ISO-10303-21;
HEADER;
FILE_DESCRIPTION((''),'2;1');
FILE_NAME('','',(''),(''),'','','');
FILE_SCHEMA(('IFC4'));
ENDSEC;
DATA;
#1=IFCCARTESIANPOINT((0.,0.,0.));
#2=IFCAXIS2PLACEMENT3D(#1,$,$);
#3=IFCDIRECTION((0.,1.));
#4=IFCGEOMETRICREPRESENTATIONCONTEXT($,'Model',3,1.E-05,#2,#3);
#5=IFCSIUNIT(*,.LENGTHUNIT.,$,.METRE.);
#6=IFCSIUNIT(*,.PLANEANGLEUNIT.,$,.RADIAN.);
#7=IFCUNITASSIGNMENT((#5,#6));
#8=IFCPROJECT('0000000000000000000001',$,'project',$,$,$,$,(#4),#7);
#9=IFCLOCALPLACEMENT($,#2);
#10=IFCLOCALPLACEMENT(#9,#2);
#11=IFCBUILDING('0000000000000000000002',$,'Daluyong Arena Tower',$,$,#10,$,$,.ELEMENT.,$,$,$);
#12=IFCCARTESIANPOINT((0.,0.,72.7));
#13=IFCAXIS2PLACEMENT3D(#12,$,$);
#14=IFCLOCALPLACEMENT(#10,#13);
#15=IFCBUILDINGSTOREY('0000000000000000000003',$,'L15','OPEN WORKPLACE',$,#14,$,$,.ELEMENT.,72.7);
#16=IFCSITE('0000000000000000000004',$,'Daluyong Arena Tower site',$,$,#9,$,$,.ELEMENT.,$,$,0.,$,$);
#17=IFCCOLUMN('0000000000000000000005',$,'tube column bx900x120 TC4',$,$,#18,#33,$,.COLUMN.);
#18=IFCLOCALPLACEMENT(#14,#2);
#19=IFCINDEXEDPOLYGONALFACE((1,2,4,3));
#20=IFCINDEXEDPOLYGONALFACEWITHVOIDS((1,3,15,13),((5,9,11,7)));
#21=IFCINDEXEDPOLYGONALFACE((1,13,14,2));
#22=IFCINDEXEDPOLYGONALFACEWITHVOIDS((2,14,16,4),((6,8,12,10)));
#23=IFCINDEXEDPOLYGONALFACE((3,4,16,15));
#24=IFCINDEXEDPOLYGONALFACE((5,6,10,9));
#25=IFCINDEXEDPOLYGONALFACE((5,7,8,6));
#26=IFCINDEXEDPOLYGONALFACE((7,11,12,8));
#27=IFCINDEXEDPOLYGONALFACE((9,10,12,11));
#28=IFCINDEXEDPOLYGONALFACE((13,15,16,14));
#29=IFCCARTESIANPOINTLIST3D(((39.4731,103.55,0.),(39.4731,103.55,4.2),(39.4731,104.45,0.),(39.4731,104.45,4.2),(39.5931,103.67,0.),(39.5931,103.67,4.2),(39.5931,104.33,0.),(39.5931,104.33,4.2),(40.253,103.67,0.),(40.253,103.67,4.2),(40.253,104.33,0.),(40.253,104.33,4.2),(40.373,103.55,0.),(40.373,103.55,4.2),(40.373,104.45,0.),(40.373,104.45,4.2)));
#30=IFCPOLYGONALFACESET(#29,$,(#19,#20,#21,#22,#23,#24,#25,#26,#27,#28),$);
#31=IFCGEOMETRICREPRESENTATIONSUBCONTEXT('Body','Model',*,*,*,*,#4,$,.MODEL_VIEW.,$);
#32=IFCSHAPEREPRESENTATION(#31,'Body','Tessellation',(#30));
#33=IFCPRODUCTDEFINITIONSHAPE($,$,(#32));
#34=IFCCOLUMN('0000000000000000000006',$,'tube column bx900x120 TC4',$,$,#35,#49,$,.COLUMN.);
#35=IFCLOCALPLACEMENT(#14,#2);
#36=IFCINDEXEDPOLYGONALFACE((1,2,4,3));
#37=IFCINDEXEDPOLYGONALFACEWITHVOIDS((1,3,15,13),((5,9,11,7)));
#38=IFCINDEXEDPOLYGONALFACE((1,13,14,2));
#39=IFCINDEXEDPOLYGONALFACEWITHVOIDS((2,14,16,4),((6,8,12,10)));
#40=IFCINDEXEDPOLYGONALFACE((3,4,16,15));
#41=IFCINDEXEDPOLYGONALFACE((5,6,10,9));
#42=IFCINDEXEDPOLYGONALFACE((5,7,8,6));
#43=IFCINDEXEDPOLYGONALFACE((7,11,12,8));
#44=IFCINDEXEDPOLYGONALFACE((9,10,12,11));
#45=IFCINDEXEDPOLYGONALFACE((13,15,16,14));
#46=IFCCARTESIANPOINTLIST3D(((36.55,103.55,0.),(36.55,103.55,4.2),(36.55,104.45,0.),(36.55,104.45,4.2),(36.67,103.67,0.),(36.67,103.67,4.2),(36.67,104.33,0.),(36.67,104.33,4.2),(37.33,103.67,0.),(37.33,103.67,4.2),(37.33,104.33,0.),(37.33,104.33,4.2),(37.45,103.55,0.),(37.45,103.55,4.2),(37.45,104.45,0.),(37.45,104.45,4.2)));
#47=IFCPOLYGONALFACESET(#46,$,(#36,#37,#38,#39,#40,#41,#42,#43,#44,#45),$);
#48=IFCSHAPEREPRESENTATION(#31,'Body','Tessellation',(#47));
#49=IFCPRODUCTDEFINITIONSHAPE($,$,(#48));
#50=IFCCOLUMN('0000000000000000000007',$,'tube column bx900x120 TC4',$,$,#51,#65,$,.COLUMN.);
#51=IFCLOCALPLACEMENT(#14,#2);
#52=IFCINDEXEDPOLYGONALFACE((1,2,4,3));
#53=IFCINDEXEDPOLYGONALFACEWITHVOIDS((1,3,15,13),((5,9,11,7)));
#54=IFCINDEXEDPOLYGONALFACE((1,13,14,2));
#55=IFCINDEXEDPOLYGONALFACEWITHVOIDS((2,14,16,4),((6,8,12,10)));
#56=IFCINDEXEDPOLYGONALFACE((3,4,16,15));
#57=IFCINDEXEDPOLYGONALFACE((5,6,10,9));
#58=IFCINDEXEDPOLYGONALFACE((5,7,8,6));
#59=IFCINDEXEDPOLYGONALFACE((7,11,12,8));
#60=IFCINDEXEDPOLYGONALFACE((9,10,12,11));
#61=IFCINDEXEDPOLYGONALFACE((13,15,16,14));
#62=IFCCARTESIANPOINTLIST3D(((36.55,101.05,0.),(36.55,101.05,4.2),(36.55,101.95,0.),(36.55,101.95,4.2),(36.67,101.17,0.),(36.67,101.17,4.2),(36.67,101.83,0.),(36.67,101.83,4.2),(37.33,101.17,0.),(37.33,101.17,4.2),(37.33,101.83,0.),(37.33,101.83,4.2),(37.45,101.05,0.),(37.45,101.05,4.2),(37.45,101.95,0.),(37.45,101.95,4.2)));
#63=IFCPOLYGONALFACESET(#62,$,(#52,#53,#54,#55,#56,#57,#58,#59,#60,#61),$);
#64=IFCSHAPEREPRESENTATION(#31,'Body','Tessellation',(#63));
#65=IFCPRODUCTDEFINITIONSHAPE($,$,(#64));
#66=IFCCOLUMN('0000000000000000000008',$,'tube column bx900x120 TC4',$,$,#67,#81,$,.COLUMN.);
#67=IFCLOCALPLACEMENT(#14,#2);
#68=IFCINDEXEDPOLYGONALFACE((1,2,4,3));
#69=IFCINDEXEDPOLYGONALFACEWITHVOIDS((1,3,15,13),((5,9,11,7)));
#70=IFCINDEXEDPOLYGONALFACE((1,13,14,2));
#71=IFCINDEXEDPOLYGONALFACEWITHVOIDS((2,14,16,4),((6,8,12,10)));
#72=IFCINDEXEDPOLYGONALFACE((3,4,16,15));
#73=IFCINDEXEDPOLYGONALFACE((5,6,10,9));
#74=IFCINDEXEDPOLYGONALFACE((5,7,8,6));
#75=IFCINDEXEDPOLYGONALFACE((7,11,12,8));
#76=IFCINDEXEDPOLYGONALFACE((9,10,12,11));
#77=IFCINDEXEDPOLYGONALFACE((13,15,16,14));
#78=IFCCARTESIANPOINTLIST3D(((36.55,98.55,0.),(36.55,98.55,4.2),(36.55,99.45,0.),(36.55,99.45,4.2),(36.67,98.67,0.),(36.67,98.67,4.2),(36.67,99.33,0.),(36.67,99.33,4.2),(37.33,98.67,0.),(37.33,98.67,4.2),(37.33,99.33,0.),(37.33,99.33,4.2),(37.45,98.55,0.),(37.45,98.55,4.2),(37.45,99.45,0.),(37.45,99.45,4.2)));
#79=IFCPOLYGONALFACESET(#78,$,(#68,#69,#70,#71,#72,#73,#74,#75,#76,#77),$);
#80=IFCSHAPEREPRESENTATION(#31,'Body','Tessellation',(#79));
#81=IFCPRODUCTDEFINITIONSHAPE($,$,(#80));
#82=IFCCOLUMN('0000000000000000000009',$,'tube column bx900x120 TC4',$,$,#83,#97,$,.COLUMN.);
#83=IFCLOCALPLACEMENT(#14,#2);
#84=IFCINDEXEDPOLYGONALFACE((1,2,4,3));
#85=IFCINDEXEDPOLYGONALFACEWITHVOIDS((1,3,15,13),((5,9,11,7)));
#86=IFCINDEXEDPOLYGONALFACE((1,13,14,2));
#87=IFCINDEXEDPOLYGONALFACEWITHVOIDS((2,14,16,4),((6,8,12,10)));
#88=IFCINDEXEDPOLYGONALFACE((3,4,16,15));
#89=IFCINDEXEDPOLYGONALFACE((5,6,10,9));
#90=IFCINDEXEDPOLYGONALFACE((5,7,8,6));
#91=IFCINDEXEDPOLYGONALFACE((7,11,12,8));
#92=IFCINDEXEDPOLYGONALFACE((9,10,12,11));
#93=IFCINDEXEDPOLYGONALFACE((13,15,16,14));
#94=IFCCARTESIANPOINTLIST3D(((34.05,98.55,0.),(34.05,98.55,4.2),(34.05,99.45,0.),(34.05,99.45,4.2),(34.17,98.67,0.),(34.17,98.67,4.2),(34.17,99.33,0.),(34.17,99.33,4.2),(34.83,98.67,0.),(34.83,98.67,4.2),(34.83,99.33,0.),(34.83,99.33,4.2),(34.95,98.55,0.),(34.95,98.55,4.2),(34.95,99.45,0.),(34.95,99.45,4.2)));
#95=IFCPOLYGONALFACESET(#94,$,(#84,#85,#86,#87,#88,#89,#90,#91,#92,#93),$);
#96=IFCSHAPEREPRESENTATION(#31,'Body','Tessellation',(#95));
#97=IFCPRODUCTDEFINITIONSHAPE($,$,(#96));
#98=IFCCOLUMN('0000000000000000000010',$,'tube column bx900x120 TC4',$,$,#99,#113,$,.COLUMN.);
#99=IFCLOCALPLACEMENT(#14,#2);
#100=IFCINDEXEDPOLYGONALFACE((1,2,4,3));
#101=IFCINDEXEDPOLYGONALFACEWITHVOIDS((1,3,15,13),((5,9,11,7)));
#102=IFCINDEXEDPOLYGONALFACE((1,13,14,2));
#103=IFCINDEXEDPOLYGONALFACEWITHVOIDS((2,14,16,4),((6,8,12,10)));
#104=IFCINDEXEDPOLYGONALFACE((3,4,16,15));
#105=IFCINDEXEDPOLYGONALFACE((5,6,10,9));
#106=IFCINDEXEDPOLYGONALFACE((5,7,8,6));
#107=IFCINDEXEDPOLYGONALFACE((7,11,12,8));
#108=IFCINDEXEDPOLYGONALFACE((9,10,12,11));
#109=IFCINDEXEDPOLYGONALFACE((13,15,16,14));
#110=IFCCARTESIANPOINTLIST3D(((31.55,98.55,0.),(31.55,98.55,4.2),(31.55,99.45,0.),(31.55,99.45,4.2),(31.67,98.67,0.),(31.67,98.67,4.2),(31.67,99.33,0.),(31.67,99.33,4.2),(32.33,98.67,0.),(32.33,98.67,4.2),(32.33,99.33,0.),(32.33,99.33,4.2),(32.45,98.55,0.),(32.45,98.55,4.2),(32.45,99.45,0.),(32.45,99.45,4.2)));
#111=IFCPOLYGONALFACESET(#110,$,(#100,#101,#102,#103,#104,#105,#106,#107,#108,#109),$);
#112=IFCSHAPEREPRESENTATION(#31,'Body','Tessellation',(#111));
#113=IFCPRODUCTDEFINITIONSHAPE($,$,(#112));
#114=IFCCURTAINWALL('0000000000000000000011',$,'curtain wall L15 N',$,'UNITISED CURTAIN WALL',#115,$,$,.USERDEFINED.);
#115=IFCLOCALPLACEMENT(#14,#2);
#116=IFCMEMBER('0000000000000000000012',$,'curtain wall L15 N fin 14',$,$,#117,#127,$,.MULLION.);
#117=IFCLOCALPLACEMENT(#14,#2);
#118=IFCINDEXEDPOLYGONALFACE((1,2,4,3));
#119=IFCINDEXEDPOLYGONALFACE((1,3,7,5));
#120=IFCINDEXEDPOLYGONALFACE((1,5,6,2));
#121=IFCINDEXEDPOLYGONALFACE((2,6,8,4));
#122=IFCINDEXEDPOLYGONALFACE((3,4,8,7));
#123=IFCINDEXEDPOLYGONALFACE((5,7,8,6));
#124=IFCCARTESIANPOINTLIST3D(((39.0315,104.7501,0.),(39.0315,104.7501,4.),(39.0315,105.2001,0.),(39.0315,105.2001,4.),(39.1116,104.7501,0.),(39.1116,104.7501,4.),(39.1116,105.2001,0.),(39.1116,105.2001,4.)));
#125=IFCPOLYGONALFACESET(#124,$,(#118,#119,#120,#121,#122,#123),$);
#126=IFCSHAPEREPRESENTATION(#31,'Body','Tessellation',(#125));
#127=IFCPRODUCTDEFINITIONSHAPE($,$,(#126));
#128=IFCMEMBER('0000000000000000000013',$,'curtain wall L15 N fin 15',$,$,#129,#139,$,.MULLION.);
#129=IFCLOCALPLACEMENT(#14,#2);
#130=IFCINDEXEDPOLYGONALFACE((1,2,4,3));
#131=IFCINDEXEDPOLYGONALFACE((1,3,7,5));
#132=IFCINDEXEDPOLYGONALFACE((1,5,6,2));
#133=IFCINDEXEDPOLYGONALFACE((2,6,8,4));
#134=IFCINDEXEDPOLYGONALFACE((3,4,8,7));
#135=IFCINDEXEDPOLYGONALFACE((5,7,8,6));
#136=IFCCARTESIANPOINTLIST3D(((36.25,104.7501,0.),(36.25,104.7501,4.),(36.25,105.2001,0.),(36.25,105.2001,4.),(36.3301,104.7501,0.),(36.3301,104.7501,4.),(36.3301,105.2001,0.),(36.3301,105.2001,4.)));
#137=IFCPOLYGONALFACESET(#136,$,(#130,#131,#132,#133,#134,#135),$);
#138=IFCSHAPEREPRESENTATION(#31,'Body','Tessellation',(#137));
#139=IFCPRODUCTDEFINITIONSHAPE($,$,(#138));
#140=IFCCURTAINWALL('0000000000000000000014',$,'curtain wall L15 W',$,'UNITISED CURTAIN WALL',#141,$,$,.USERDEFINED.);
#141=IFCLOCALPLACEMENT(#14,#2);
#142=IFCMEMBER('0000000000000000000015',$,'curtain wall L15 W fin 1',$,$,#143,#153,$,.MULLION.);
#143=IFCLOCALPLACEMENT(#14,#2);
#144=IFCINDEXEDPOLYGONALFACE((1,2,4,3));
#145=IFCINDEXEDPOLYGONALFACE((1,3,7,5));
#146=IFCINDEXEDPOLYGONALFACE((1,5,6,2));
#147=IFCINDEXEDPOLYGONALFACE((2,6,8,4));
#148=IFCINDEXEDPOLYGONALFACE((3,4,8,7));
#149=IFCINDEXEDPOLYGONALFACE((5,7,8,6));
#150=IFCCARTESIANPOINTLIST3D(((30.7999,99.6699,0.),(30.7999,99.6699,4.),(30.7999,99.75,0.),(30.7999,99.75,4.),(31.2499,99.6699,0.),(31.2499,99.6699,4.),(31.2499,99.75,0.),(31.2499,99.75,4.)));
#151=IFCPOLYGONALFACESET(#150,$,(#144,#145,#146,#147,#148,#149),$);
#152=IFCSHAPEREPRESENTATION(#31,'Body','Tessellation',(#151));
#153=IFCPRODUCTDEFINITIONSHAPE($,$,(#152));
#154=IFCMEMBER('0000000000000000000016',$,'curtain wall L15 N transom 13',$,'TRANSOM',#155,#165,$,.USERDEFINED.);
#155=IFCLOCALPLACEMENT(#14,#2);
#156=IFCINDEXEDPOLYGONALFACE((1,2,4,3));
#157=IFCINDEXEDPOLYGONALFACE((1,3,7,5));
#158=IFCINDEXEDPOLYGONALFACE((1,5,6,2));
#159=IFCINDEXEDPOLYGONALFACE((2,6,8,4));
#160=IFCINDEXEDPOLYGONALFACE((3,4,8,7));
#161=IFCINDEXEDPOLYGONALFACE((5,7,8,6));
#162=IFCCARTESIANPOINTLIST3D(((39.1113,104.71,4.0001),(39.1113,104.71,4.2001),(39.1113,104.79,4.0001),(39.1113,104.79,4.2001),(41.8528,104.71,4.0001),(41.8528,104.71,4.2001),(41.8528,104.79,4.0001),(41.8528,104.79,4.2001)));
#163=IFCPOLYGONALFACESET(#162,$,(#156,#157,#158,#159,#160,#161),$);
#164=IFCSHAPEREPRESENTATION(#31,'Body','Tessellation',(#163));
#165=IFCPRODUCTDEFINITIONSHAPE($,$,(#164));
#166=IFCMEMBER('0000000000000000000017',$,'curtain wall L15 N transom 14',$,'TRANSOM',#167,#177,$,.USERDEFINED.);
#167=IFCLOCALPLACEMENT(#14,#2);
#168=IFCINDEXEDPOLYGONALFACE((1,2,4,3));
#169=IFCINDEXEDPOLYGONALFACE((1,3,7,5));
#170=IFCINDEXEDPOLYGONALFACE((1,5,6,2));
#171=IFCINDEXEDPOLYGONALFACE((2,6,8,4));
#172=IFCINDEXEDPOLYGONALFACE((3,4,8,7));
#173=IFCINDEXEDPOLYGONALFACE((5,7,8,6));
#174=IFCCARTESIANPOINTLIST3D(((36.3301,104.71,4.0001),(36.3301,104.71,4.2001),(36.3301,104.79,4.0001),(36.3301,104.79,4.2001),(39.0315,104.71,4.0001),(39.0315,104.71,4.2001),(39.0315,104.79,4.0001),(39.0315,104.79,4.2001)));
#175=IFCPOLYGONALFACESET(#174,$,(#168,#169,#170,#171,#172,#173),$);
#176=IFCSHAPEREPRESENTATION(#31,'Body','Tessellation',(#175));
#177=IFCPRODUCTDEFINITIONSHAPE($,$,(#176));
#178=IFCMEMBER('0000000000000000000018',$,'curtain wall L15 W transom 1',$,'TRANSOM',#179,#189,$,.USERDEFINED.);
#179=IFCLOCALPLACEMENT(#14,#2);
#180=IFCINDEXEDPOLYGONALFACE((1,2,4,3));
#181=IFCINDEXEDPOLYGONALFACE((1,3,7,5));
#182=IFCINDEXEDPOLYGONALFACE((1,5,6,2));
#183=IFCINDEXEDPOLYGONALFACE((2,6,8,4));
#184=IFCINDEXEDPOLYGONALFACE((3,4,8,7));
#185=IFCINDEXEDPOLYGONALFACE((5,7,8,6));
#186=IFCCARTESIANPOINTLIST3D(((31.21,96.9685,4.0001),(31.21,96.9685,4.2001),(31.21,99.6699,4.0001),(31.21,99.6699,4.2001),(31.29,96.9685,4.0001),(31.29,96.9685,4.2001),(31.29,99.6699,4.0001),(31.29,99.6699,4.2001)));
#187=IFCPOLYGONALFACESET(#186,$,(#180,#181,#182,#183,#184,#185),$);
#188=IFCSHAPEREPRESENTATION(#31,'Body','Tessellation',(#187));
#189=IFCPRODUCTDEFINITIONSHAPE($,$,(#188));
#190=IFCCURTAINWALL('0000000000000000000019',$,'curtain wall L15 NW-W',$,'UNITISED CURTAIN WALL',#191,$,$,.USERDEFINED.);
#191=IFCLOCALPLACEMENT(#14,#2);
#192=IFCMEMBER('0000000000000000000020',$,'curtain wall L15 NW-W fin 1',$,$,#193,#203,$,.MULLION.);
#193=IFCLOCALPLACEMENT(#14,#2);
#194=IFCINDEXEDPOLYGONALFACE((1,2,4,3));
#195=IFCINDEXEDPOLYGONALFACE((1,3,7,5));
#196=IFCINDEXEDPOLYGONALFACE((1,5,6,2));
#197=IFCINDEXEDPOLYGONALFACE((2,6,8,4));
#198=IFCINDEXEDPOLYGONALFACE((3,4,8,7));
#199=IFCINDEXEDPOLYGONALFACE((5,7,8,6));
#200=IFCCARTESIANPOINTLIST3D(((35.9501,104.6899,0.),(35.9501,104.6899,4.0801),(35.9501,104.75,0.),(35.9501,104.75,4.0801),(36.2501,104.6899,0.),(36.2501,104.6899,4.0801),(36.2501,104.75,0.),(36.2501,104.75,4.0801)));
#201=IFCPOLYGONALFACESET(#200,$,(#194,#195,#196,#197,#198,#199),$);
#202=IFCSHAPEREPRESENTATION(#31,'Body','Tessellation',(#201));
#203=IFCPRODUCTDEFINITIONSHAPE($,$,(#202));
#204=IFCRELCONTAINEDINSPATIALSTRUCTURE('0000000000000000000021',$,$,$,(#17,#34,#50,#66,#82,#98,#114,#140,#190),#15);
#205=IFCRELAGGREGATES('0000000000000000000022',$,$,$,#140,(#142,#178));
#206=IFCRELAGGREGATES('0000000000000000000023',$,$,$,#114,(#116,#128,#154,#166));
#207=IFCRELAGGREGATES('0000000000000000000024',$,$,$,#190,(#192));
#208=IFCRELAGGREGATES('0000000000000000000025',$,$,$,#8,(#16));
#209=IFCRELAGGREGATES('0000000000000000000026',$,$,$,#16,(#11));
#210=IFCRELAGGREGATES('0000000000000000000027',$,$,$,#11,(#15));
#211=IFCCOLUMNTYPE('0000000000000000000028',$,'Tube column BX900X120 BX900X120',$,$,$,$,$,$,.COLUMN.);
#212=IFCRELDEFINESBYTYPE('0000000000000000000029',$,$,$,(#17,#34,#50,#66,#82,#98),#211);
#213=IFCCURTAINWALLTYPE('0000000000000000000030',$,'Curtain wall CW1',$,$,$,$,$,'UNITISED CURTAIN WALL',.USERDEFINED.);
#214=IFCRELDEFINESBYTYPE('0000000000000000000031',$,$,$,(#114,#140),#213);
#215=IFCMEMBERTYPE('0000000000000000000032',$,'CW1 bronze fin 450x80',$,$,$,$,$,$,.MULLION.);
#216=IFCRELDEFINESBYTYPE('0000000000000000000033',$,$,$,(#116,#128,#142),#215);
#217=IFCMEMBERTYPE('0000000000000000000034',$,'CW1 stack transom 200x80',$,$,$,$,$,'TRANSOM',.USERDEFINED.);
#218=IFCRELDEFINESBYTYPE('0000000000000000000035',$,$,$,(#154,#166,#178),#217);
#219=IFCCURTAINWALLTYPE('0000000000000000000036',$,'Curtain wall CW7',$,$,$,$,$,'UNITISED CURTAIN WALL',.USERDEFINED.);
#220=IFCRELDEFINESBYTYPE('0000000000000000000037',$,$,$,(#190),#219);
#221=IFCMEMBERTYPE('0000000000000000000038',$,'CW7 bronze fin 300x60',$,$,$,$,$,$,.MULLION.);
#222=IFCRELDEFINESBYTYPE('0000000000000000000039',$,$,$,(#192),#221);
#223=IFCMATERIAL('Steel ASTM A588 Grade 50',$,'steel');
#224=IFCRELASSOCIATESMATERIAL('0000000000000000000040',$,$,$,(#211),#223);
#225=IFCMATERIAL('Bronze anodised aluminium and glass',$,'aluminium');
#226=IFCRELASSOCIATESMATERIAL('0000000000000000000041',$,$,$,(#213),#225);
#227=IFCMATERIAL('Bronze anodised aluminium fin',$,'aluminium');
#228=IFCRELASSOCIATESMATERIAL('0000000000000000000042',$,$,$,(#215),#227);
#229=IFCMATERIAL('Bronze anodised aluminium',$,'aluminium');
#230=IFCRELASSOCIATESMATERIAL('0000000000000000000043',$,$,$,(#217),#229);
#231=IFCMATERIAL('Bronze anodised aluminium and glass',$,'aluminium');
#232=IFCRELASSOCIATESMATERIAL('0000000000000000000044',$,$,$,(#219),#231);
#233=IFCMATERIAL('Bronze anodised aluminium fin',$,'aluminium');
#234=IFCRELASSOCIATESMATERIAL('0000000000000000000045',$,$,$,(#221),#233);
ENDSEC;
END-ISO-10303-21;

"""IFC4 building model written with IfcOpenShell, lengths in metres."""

from ifc_helpers import new_model, si_unit, direction, frame, origin, origin_2d, place, context, subcontext, project, spatial, rectangle, hollow_rectangle, extrude, material, material_profile, profile_set, type_object, element, aggregate, save


model = new_model("IFC4")

# Units and contexts
model_context = context("Model", 3, precision=1e-05, world=origin(), true_north=direction((0.0, 1.0)))
body_context = subcontext(model_context, "Body", "Model", "MODEL_VIEW")
ifc_project = project(units=[si_unit("LENGTHUNIT", "METRE"), si_unit("PLANEANGLEUNIT", "RADIAN")], contexts=[model_context])

# Site, building, storey
site_placement = place(None, origin())
site = spatial("IfcSite", under=ifc_project, at=site_placement, Name="Daluyong Arena Tower site", CompositionType="ELEMENT", RefElevation=0.0)
building_placement = place(site_placement, origin())
building = spatial("IfcBuilding", under=site, at=building_placement, Name="Daluyong Arena Tower", CompositionType="ELEMENT")
storey_placement = place(building_placement, frame((0.0, 0.0, 72.7)))
storey = spatial("IfcBuildingStorey", under=building, at=storey_placement, Name="L15", Description="OPEN WORKPLACE", CompositionType="ELEMENT", Elevation=72.7)

# Columns
ifc_material_1 = material(Name="Steel ASTM A588 Grade 50", Category="steel")
ifc_material_profile_1 = material_profile(ifc_material_1, hollow_rectangle(XDim=0.8999, YDim=0.8999, WallThickness=0.12, at=origin_2d()))
ifc_profile_set_1 = profile_set([ifc_material_profile_1], Name="Steel ASTM A588 Grade 50")
column_type = type_object("IfcColumnType", Name="Tube column BX900X120 BX900X120", PredefinedType="COLUMN", material=ifc_profile_set_1)
for number, where, z_axis, x_axis, name in (
    (1, (39.9231, 104.0, 0.0), (0.0, 0.0, 1.0), (1.0, 0.0, 0.0), "tube column bx900x120 TC4"),
    (2, (37.0, 104.0, 0.0), (0.0, 0.0, 1.0), (0.0, 1.0, 0.0), "tube column bx900x120 TC4"),
    (3, (37.0, 101.5, 0.0), (0.0, 0.0, 1.0), (0.0, 1.0, 0.0), "tube column bx900x120 TC4"),
    (4, (37.0, 99.0, 0.0), (0.0, 0.0, 1.0), (1.0, 0.0, 0.0), "tube column bx900x120 TC4"),
    (5, (34.5, 99.0, 0.0), (0.0, 0.0, 1.0), (1.0, 0.0, 0.0), "tube column bx900x120 TC4"),
    (6, (32.0, 99.0, 0.0), (0.0, 0.0, 1.0), (0.0, 1.0, 0.0), "tube column bx900x120 TC4"),
):
    element("IfcColumn", number, at=place(storey_placement, frame(where, z_axis=z_axis, x_axis=x_axis)), inside=storey, type_object=column_type, Name=name, PredefinedType="COLUMN", context=body_context, shape_type="SweptSolid", body=[
        extrude(hollow_rectangle(XDim=0.8999, YDim=0.8999, WallThickness=0.12, at=origin_2d()), origin(), (0.0, 0.0, 1.0), 4.2),
    ])

# Curtain wall, members
ifc_material_2 = material(Name="Bronze anodised aluminium and glass", Category="aluminium")
curtain_wall_type_1 = type_object("IfcCurtainWallType", Name="Curtain wall CW1", ElementType="UNITISED CURTAIN WALL", PredefinedType="USERDEFINED", material=ifc_material_2)
curtain_wall_1_placement = place(storey_placement, origin())
curtain_wall_1 = element("IfcCurtainWall", 7, at=curtain_wall_1_placement, inside=storey, type_object=curtain_wall_type_1, Name="curtain wall L15 N", ObjectType="UNITISED CURTAIN WALL", PredefinedType="USERDEFINED")
ifc_material_3 = material(Name="Bronze anodised aluminium fin", Category="aluminium")
ifc_material_profile_2 = material_profile(ifc_material_3, rectangle(XDim=0.45, YDim=0.0801, at=origin_2d()))
ifc_profile_set_2 = profile_set([ifc_material_profile_2], Name="Bronze anodised aluminium fin")
member_type_1 = type_object("IfcMemberType", Name="CW1 bronze fin 450x80", PredefinedType="MULLION", material=ifc_profile_set_2)
member_1_placement = place(storey_placement, frame((39.0715, 104.9751, 0.0), z_axis=(0.0, 0.0, 1.0), x_axis=(0.0, -1.0, 0.0)))
member_1 = element("IfcMember", 8, at=member_1_placement, type_object=member_type_1, Name="curtain wall L15 N fin 14", PredefinedType="MULLION", context=body_context, shape_type="SweptSolid", body=[
    extrude(rectangle(XDim=0.45, YDim=0.0801, at=origin_2d()), origin(), (0.0, 0.0, 1.0), 4.0),
])
member_2_placement = place(storey_placement, frame((36.29, 104.9751, 0.0), z_axis=(0.0, 0.0, 1.0), x_axis=(0.0, -1.0, 0.0)))
member_2 = element("IfcMember", 9, at=member_2_placement, type_object=member_type_1, Name="curtain wall L15 N fin 15", PredefinedType="MULLION", context=body_context, shape_type="SweptSolid", body=[
    extrude(rectangle(XDim=0.45, YDim=0.0801, at=origin_2d()), origin(), (0.0, 0.0, 1.0), 4.0),
])

# Curtain wall, member
curtain_wall_2_placement = place(storey_placement, origin())
curtain_wall_2 = element("IfcCurtainWall", 10, at=curtain_wall_2_placement, inside=storey, type_object=curtain_wall_type_1, Name="curtain wall L15 W", ObjectType="UNITISED CURTAIN WALL", PredefinedType="USERDEFINED")
member_3_placement = place(storey_placement, frame((31.0249, 99.71, 0.0), z_axis=(0.0, 0.0, 1.0), x_axis=(1.0, 0.0, 0.0)))
member_3 = element("IfcMember", 11, at=member_3_placement, type_object=member_type_1, Name="curtain wall L15 W fin 1", PredefinedType="MULLION", context=body_context, shape_type="SweptSolid", body=[
    extrude(rectangle(XDim=0.45, YDim=0.0801, at=origin_2d()), origin(), (0.0, 0.0, 1.0), 4.0),
])

# Members
ifc_material_4 = material(Name="Bronze anodised aluminium", Category="aluminium")
ifc_material_profile_3 = material_profile(ifc_material_4, rectangle(XDim=0.0801, YDim=0.2, at=origin_2d()))
ifc_profile_set_3 = profile_set([ifc_material_profile_3], Name="Bronze anodised aluminium")
member_type_2 = type_object("IfcMemberType", Name="CW1 stack transom 200x80", ElementType="TRANSOM", PredefinedType="USERDEFINED", material=ifc_profile_set_3)
member_4_placement = place(storey_placement, frame((41.8528, 104.75, 4.1001), z_axis=(-1.0, 0.0, 0.0), x_axis=(0.0, -1.0, 0.0)))
member_4 = element("IfcMember", 12, at=member_4_placement, type_object=member_type_2, Name="curtain wall L15 N transom 13", ObjectType="TRANSOM", PredefinedType="USERDEFINED", context=body_context, shape_type="SweptSolid", body=[
    extrude(rectangle(XDim=0.0801, YDim=0.2, at=origin_2d()), origin(), (0.0, 0.0, 1.0), 2.7415),
])
member_5_placement = place(storey_placement, frame((39.0315, 104.75, 4.1001), z_axis=(-1.0, 0.0, 0.0), x_axis=(0.0, -1.0, 0.0)))
member_5 = element("IfcMember", 13, at=member_5_placement, type_object=member_type_2, Name="curtain wall L15 N transom 14", ObjectType="TRANSOM", PredefinedType="USERDEFINED", context=body_context, shape_type="SweptSolid", body=[
    extrude(rectangle(XDim=0.0801, YDim=0.2, at=origin_2d()), origin(), (0.0, 0.0, 1.0), 2.7014),
])
member_6_placement = place(storey_placement, frame((31.25, 99.6699, 4.1001), z_axis=(0.0, -1.0, 0.0), x_axis=(1.0, 0.0, 0.0)))
member_6 = element("IfcMember", 14, at=member_6_placement, type_object=member_type_2, Name="curtain wall L15 W transom 1", ObjectType="TRANSOM", PredefinedType="USERDEFINED", context=body_context, shape_type="SweptSolid", body=[
    extrude(rectangle(XDim=0.0801, YDim=0.2, at=origin_2d()), origin(), (0.0, 0.0, 1.0), 2.7014),
])
aggregate(curtain_wall_2, [member_3, member_6])

# Curtain wall, member
ifc_material_5 = material(Name="Bronze anodised aluminium and glass", Category="aluminium")
curtain_wall_type_2 = type_object("IfcCurtainWallType", Name="Curtain wall CW7", ElementType="UNITISED CURTAIN WALL", PredefinedType="USERDEFINED", material=ifc_material_5)
curtain_wall_3_placement = place(storey_placement, origin())
curtain_wall_3 = element("IfcCurtainWall", 15, at=curtain_wall_3_placement, inside=storey, type_object=curtain_wall_type_2, Name="curtain wall L15 NW-W", ObjectType="UNITISED CURTAIN WALL", PredefinedType="USERDEFINED")
ifc_material_6 = material(Name="Bronze anodised aluminium fin", Category="aluminium")
ifc_material_profile_4 = material_profile(ifc_material_6, rectangle(XDim=0.3, YDim=0.0601, at=origin_2d()))
ifc_profile_set_4 = profile_set([ifc_material_profile_4], Name="Bronze anodised aluminium fin")
member_type_3 = type_object("IfcMemberType", Name="CW7 bronze fin 300x60", PredefinedType="MULLION", material=ifc_profile_set_4)
member_7_placement = place(storey_placement, frame((36.1001, 104.72, 0.0), z_axis=(0.0, 0.0, 1.0), x_axis=(1.0, 0.0, 0.0)))
member_7 = element("IfcMember", 16, at=member_7_placement, type_object=member_type_3, Name="curtain wall L15 NW-W fin 1", PredefinedType="MULLION", context=body_context, shape_type="SweptSolid", body=[
    extrude(rectangle(XDim=0.3, YDim=0.0601, at=origin_2d()), origin(), (0.0, 0.0, 1.0), 4.0801),
])

aggregate(curtain_wall_1, [member_1, member_2, member_4, member_5])
aggregate(curtain_wall_3, [member_7])

save(model, "model.ifc")
